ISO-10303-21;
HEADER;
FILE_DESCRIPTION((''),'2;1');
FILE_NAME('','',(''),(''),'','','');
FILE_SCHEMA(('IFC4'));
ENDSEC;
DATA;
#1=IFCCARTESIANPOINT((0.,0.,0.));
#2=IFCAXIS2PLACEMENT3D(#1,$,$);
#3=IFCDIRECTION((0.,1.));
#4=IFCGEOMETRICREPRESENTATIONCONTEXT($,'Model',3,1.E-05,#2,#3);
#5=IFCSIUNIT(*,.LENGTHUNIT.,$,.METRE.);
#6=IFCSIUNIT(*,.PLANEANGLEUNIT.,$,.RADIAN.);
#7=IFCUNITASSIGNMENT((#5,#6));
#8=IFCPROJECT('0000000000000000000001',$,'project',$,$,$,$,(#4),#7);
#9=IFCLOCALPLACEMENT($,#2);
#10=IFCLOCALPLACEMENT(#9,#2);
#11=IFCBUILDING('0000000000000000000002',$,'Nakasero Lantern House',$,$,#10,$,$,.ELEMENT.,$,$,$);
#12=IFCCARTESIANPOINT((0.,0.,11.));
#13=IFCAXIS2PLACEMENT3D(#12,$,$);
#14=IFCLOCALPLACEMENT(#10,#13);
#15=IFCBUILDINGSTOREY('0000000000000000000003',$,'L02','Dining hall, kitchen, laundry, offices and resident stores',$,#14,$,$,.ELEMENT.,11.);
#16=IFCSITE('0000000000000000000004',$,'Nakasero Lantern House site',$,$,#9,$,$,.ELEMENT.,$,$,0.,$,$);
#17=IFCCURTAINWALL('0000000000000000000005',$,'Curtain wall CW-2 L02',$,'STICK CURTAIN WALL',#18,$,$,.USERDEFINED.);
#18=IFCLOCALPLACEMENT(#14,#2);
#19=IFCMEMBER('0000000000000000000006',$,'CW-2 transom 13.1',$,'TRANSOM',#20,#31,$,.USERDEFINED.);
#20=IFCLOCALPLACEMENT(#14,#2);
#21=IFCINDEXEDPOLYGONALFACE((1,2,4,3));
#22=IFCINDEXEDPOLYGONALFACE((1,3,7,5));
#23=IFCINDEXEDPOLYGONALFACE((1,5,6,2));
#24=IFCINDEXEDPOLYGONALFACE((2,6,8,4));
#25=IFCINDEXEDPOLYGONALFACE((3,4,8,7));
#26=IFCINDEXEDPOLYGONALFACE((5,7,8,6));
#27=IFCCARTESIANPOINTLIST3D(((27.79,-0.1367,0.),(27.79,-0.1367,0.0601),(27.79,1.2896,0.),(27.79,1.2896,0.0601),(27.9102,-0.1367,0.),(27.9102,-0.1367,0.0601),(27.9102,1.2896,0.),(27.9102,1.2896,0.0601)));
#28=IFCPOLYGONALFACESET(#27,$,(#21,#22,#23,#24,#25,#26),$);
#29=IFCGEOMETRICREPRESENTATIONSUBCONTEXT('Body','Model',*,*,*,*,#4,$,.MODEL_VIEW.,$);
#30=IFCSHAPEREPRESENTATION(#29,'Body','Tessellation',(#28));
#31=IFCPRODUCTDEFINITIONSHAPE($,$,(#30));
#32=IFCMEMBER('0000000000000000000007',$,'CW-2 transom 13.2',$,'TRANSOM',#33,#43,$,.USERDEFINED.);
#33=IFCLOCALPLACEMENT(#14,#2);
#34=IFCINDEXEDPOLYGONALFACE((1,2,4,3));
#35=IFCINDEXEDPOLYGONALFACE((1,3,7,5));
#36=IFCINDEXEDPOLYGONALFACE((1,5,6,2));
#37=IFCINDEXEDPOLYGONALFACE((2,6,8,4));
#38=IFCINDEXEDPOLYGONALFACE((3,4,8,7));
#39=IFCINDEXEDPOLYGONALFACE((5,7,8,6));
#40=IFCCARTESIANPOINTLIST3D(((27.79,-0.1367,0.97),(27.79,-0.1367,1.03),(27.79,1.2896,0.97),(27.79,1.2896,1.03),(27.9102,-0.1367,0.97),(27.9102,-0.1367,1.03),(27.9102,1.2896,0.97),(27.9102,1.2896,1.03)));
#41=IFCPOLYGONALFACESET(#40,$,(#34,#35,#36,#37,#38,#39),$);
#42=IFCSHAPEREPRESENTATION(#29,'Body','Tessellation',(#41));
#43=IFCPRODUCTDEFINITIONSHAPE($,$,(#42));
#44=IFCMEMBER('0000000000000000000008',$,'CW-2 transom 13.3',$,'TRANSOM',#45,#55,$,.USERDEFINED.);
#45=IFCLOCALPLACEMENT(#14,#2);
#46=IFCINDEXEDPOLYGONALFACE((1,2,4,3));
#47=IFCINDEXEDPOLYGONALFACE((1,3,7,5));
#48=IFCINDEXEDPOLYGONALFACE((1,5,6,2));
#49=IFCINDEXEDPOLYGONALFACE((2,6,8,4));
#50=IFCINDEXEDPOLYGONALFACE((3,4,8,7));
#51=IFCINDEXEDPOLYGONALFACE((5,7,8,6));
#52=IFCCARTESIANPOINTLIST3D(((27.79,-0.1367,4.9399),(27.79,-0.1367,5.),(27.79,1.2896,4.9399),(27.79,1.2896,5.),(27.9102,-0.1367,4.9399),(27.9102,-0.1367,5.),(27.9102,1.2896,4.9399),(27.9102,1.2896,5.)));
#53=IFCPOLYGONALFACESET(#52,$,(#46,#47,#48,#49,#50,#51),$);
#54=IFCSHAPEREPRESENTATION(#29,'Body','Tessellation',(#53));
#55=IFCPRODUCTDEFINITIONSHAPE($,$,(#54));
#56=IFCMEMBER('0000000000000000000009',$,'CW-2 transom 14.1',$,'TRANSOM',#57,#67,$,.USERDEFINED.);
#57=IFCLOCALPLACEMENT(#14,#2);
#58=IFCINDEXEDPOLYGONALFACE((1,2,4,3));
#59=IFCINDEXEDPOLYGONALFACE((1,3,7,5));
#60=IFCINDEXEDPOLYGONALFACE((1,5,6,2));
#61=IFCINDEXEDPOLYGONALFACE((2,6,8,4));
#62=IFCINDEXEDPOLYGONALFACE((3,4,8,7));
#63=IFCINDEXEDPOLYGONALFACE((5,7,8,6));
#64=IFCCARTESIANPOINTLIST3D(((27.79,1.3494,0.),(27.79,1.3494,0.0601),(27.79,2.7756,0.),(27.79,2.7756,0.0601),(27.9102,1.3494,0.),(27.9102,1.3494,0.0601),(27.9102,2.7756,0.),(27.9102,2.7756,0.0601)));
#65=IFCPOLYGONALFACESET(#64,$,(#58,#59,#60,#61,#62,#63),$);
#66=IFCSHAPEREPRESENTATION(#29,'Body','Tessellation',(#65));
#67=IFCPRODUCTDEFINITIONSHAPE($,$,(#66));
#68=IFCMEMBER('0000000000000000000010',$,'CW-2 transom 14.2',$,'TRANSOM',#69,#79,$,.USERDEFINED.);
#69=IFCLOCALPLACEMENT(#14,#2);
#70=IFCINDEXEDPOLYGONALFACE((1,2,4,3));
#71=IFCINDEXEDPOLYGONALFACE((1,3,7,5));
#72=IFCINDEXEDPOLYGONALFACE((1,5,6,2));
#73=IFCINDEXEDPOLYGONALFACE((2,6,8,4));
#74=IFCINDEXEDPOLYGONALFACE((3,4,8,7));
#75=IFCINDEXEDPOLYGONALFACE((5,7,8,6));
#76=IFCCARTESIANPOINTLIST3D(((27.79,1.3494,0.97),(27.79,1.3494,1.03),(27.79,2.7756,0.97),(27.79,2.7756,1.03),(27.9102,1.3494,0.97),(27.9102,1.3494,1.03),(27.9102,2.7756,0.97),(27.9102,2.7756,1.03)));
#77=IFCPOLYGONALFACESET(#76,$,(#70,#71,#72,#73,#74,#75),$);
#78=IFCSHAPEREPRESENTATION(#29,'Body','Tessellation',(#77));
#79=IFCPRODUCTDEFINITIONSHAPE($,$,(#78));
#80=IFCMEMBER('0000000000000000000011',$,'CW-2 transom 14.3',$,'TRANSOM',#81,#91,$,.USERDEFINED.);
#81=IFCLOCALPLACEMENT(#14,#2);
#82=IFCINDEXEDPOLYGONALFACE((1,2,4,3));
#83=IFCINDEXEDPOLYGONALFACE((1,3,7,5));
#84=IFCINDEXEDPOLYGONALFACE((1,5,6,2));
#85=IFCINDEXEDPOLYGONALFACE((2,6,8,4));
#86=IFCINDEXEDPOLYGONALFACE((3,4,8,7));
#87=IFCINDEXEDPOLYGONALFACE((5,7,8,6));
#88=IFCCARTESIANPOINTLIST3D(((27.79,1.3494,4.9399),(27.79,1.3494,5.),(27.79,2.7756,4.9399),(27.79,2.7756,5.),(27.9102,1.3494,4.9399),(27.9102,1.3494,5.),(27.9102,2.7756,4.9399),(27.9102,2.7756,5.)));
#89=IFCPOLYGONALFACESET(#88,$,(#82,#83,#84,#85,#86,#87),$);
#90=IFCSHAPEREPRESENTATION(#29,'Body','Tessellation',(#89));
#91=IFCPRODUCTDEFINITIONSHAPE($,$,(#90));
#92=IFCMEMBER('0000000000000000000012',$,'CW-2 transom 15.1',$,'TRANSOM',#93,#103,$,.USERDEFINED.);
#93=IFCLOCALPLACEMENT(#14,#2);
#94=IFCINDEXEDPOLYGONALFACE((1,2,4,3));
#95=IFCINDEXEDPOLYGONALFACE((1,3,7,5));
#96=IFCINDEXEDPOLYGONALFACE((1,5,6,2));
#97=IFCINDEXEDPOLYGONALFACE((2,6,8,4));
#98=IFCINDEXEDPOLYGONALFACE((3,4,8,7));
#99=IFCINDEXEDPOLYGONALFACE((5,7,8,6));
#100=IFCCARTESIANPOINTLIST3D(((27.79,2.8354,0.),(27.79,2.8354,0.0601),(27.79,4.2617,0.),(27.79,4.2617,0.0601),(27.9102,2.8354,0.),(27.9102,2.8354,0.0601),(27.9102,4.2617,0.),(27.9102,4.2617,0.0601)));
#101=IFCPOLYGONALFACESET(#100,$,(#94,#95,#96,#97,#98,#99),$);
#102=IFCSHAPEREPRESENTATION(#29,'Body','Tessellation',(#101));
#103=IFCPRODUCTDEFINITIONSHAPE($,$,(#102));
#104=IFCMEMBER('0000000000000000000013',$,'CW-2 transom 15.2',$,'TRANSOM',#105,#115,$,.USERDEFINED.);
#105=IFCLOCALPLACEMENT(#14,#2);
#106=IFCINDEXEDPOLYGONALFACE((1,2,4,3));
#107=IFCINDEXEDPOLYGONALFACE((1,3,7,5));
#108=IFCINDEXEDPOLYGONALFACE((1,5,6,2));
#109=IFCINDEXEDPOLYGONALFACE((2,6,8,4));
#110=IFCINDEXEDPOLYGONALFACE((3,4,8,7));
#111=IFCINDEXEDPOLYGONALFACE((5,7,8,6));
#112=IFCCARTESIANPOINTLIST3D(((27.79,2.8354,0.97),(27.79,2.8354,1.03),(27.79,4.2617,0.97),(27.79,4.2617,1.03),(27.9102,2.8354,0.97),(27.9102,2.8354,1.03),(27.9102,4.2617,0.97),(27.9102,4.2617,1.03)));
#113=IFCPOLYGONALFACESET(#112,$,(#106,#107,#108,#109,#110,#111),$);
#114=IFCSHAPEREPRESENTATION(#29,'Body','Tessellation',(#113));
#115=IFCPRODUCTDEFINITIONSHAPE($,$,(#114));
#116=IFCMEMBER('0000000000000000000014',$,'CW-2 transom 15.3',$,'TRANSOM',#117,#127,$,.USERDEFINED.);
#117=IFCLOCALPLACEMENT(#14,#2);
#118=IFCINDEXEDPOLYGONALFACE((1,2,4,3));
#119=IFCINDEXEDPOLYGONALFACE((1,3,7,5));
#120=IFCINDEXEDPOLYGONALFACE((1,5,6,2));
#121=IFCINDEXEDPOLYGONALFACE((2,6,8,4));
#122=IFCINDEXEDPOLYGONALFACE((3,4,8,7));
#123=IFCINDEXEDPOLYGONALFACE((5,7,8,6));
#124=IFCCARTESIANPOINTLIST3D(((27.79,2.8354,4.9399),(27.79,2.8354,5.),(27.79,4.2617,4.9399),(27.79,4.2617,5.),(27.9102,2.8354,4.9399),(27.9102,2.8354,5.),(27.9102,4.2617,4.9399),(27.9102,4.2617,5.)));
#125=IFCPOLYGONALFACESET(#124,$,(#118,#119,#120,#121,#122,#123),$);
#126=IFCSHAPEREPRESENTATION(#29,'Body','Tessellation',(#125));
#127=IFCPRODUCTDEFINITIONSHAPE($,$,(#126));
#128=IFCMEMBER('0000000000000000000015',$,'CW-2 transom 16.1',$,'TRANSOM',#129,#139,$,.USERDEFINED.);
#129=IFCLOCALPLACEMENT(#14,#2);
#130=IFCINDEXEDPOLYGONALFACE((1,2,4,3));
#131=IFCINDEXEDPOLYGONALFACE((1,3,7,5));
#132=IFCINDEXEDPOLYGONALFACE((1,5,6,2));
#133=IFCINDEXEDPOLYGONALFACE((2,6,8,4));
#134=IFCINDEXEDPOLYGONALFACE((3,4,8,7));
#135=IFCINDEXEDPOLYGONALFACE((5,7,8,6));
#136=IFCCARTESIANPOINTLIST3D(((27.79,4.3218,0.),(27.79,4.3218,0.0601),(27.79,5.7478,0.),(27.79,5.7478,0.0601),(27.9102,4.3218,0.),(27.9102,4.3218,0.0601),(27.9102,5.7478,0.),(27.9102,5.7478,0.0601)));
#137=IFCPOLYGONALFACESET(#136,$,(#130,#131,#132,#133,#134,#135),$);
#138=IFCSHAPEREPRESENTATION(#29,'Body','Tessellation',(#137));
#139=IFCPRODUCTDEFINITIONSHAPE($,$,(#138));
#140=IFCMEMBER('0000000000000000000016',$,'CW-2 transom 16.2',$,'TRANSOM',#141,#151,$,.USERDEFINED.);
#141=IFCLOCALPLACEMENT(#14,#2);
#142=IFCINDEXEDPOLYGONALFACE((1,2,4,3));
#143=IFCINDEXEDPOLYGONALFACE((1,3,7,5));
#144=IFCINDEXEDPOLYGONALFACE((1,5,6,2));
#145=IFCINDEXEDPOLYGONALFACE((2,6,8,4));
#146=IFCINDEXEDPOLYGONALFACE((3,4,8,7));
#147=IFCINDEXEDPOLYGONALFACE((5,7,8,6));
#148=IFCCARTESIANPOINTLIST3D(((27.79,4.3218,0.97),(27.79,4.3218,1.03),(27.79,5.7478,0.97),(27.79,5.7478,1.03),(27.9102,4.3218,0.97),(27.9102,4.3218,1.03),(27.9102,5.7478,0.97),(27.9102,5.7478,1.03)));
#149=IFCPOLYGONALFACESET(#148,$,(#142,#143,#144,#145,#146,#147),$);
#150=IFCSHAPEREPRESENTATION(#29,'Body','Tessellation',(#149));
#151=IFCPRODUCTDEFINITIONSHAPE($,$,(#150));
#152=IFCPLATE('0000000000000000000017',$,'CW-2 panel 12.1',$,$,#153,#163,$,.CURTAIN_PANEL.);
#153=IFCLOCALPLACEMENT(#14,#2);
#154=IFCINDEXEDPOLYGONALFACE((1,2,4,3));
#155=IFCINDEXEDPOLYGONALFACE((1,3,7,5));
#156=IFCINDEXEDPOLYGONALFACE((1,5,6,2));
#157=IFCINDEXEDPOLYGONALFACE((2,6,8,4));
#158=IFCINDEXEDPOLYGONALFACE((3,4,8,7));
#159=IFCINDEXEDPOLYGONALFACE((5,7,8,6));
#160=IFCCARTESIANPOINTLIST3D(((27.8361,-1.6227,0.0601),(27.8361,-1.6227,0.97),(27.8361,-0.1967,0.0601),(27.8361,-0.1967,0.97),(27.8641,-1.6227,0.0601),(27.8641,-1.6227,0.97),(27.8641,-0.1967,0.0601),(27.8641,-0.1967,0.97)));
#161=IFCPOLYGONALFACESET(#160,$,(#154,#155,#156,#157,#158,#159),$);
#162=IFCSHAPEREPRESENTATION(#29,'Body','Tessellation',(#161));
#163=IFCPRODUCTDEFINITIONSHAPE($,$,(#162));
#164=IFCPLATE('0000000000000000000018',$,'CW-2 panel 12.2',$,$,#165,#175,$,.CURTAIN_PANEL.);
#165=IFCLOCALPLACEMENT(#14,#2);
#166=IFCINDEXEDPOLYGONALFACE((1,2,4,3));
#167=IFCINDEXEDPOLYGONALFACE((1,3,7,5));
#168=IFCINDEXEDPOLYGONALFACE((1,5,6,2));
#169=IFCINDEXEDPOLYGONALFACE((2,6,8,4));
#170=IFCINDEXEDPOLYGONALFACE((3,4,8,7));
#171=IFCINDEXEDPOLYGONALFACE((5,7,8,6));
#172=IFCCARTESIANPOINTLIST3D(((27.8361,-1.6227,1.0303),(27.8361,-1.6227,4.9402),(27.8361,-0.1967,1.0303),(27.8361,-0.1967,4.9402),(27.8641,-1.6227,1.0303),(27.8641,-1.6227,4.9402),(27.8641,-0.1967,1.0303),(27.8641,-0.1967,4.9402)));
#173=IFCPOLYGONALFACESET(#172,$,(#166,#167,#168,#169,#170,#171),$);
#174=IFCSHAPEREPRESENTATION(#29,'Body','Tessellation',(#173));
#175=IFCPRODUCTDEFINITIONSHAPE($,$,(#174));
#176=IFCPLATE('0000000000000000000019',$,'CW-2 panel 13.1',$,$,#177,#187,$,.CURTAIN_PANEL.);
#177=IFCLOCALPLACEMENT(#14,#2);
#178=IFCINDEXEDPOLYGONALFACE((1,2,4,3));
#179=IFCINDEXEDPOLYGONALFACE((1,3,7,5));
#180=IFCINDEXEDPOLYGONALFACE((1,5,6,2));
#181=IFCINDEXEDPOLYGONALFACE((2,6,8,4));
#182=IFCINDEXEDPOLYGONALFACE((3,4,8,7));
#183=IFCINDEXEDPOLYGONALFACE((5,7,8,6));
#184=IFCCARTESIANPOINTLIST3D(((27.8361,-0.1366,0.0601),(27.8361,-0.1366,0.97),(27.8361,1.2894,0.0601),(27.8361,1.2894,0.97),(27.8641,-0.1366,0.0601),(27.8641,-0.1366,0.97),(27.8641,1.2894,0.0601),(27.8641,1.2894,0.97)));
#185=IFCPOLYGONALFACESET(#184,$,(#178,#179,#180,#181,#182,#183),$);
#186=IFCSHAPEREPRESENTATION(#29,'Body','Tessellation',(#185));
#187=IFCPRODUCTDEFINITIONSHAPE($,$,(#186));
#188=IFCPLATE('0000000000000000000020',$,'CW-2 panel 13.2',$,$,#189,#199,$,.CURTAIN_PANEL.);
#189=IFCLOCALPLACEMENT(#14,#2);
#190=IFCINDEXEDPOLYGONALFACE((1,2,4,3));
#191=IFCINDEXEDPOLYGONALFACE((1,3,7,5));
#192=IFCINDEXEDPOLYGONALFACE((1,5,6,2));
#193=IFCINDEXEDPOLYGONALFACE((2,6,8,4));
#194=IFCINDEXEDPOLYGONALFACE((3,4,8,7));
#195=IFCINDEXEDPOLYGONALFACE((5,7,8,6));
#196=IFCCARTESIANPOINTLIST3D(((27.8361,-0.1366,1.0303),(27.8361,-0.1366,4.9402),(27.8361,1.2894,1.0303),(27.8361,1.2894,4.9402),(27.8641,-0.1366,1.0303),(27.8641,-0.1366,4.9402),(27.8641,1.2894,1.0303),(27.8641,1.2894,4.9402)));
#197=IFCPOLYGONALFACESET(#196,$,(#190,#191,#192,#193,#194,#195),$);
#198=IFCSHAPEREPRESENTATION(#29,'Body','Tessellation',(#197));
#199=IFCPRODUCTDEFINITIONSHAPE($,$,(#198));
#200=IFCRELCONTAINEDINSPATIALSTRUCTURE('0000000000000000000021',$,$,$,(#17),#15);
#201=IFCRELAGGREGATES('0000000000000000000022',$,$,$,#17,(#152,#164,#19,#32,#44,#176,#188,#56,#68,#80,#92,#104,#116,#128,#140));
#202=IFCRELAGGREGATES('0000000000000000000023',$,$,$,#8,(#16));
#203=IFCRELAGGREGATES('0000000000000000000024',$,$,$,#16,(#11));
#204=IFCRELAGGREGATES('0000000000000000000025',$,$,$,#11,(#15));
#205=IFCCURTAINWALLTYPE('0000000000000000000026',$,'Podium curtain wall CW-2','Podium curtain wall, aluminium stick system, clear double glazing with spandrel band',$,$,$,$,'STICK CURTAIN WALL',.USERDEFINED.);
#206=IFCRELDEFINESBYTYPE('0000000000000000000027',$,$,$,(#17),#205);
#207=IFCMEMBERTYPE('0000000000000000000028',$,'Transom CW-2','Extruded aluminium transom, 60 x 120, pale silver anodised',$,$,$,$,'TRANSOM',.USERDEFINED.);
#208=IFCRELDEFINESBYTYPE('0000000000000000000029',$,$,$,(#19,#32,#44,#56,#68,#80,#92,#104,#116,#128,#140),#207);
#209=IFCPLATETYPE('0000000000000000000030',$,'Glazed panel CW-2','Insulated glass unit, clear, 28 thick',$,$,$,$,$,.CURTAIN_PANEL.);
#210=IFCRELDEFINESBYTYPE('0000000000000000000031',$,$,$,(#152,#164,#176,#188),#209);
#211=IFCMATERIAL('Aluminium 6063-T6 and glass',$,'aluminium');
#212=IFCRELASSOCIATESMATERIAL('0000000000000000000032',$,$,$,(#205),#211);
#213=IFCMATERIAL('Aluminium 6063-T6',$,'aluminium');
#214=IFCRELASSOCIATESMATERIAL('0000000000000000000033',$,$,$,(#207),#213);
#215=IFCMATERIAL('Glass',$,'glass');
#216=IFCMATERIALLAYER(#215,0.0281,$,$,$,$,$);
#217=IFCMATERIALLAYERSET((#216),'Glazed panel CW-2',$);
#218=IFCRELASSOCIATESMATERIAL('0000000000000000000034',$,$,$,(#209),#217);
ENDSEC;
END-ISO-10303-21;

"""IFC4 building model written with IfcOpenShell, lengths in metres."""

from ifc_helpers import new_model, si_unit, direction, frame, origin, origin_2d, place, context, subcontext, project, spatial, rectangle, extrude, material, layer, layer_set, material_profile, profile_set, type_object, element, aggregate, save


model = new_model("IFC4")

# Units and contexts
model_context = context("Model", 3, precision=1e-05, world=origin(), true_north=direction((0.0, 1.0)))
body_context = subcontext(model_context, "Body", "Model", "MODEL_VIEW")
ifc_project = project(units=[si_unit("LENGTHUNIT", "METRE"), si_unit("PLANEANGLEUNIT", "RADIAN")], contexts=[model_context])

# Site, building, storey
site_placement = place(None, origin())
site = spatial("IfcSite", under=ifc_project, at=site_placement, Name="Nakasero Lantern House site", CompositionType="ELEMENT", RefElevation=0.0)
building_placement = place(site_placement, origin())
building = spatial("IfcBuilding", under=site, at=building_placement, Name="Nakasero Lantern House", CompositionType="ELEMENT")
storey_placement = place(building_placement, frame((0.0, 0.0, 11.0)))
storey = spatial("IfcBuildingStorey", under=building, at=storey_placement, Name="L02", Description="Dining hall, kitchen, laundry, offices and resident stores", CompositionType="ELEMENT", Elevation=11.0)

# Curtain wall
ifc_material_1 = material(Name="Aluminium 6063-T6 and glass", Category="aluminium")
curtain_wall_type = type_object("IfcCurtainWallType", Name="Podium curtain wall CW-2", Description="Podium curtain wall, aluminium stick system, clear double glazing with spandrel band", ElementType="STICK CURTAIN WALL", PredefinedType="USERDEFINED", material=ifc_material_1)
curtain_wall_placement = place(storey_placement, origin())
curtain_wall = element("IfcCurtainWall", 1, at=curtain_wall_placement, inside=storey, type_object=curtain_wall_type, Name="Curtain wall CW-2 L02", ObjectType="STICK CURTAIN WALL", PredefinedType="USERDEFINED")

# Members
ifc_material_2 = material(Name="Aluminium 6063-T6", Category="aluminium")
ifc_material_profile_1 = material_profile(ifc_material_2, rectangle(XDim=0.0601, YDim=0.1201, at=origin_2d()), Name="CW-2 transom 60x120")
ifc_profile_set_1 = profile_set([ifc_material_profile_1], Name="Aluminium 6063-T6")
member_type_1 = type_object("IfcMemberType", Name="Transom CW-2", Description="Extruded aluminium transom, 60 x 120, pale silver anodised", ElementType="TRANSOM", PredefinedType="USERDEFINED", material=ifc_profile_set_1)
member_1_placement = place(storey_placement, frame((27.8501, -0.1367, 0.03), z_axis=(0.0, 1.0, 0.0), x_axis=(0.0, 0.0, 1.0)))
member_1 = element("IfcMember", 2, at=member_1_placement, type_object=member_type_1, Name="CW-2 transom 13.1", ObjectType="TRANSOM", PredefinedType="USERDEFINED", context=body_context, shape_type="SweptSolid", body=[
    extrude(rectangle(XDim=0.0601, YDim=0.1201, at=origin_2d()), origin(), (0.0, 0.0, 1.0), 1.4263),
])
member_2_placement = place(storey_placement, frame((27.8501, -0.1367, 1.0), z_axis=(0.0, 1.0, 0.0), x_axis=(0.0, 0.0, 1.0)))
member_2 = element("IfcMember", 3, at=member_2_placement, type_object=member_type_1, Name="CW-2 transom 13.2", ObjectType="TRANSOM", PredefinedType="USERDEFINED", context=body_context, shape_type="SweptSolid", body=[
    extrude(rectangle(XDim=0.0601, YDim=0.1201, at=origin_2d()), origin(), (0.0, 0.0, 1.0), 1.4263),
])
member_3_placement = place(storey_placement, frame((27.8501, -0.1367, 4.97), z_axis=(0.0, 1.0, 0.0), x_axis=(0.0, 0.0, 1.0)))
member_3 = element("IfcMember", 4, at=member_3_placement, type_object=member_type_1, Name="CW-2 transom 13.3", ObjectType="TRANSOM", PredefinedType="USERDEFINED", context=body_context, shape_type="SweptSolid", body=[
    extrude(rectangle(XDim=0.0601, YDim=0.1201, at=origin_2d()), origin(), (0.0, 0.0, 1.0), 1.4263),
])
member_4_placement = place(storey_placement, frame((27.8501, 1.3494, 0.03), z_axis=(0.0, 1.0, 0.0), x_axis=(0.0, 0.0, 1.0)))
member_4 = element("IfcMember", 5, at=member_4_placement, type_object=member_type_1, Name="CW-2 transom 14.1", ObjectType="TRANSOM", PredefinedType="USERDEFINED", context=body_context, shape_type="SweptSolid", body=[
    extrude(rectangle(XDim=0.0601, YDim=0.1201, at=origin_2d()), origin(), (0.0, 0.0, 1.0), 1.4263),
])
member_5_placement = place(storey_placement, frame((27.8501, 1.3494, 1.0), z_axis=(0.0, 1.0, 0.0), x_axis=(0.0, 0.0, 1.0)))
member_5 = element("IfcMember", 6, at=member_5_placement, type_object=member_type_1, Name="CW-2 transom 14.2", ObjectType="TRANSOM", PredefinedType="USERDEFINED", context=body_context, shape_type="SweptSolid", body=[
    extrude(rectangle(XDim=0.0601, YDim=0.1201, at=origin_2d()), origin(), (0.0, 0.0, 1.0), 1.4263),
])
member_6_placement = place(storey_placement, frame((27.8501, 1.3494, 4.97), z_axis=(0.0, 1.0, 0.0), x_axis=(0.0, 0.0, 1.0)))
member_6 = element("IfcMember", 7, at=member_6_placement, type_object=member_type_1, Name="CW-2 transom 14.3", ObjectType="TRANSOM", PredefinedType="USERDEFINED", context=body_context, shape_type="SweptSolid", body=[
    extrude(rectangle(XDim=0.0601, YDim=0.1201, at=origin_2d()), origin(), (0.0, 0.0, 1.0), 1.4263),
])
member_7_placement = place(storey_placement, frame((27.8501, 2.8354, 0.03), z_axis=(0.0, 1.0, 0.0), x_axis=(0.0, 0.0, 1.0)))
member_7 = element("IfcMember", 8, at=member_7_placement, type_object=member_type_1, Name="CW-2 transom 15.1", ObjectType="TRANSOM", PredefinedType="USERDEFINED", context=body_context, shape_type="SweptSolid", body=[
    extrude(rectangle(XDim=0.0601, YDim=0.1201, at=origin_2d()), origin(), (0.0, 0.0, 1.0), 1.4263),
])
member_8_placement = place(storey_placement, frame((27.8501, 2.8354, 1.0), z_axis=(0.0, 1.0, 0.0), x_axis=(0.0, 0.0, 1.0)))
member_8 = element("IfcMember", 9, at=member_8_placement, type_object=member_type_1, Name="CW-2 transom 15.2", ObjectType="TRANSOM", PredefinedType="USERDEFINED", context=body_context, shape_type="SweptSolid", body=[
    extrude(rectangle(XDim=0.0601, YDim=0.1201, at=origin_2d()), origin(), (0.0, 0.0, 1.0), 1.4263),
])
member_9_placement = place(storey_placement, frame((27.8501, 2.8354, 4.97), z_axis=(0.0, 1.0, 0.0), x_axis=(0.0, 0.0, 1.0)))
member_9 = element("IfcMember", 10, at=member_9_placement, type_object=member_type_1, Name="CW-2 transom 15.3", ObjectType="TRANSOM", PredefinedType="USERDEFINED", context=body_context, shape_type="SweptSolid", body=[
    extrude(rectangle(XDim=0.0601, YDim=0.1201, at=origin_2d()), origin(), (0.0, 0.0, 1.0), 1.4263),
])
member_10_placement = place(storey_placement, frame((27.8501, 4.3218, 0.03), z_axis=(0.0, 1.0, 0.0), x_axis=(0.0, 0.0, 1.0)))
member_10 = element("IfcMember", 11, at=member_10_placement, type_object=member_type_1, Name="CW-2 transom 16.1", ObjectType="TRANSOM", PredefinedType="USERDEFINED", context=body_context, shape_type="SweptSolid", body=[
    extrude(rectangle(XDim=0.0601, YDim=0.1201, at=origin_2d()), origin(), (0.0, 0.0, 1.0), 1.426),
])
member_11_placement = place(storey_placement, frame((27.8501, 4.3218, 1.0), z_axis=(0.0, 1.0, 0.0), x_axis=(0.0, 0.0, 1.0)))
member_11 = element("IfcMember", 12, at=member_11_placement, type_object=member_type_1, Name="CW-2 transom 16.2", ObjectType="TRANSOM", PredefinedType="USERDEFINED", context=body_context, shape_type="SweptSolid", body=[
    extrude(rectangle(XDim=0.0601, YDim=0.1201, at=origin_2d()), origin(), (0.0, 0.0, 1.0), 1.426),
])

# Plates
ifc_material_3 = material(Name="Glass", Category="glass")
ifc_layer = layer(ifc_material_3, 0.0281)
ifc_layer_set = layer_set([ifc_layer], Name="Glazed panel CW-2")
plate_type = type_object("IfcPlateType", Name="Glazed panel CW-2", Description="Insulated glass unit, clear, 28 thick", PredefinedType="CURTAIN_PANEL", material=ifc_layer_set)
plate_1_placement = place(storey_placement, frame((27.8501, -0.9097, 0.0601), z_axis=(0.0, 0.0, 1.0), x_axis=(0.0, 1.0, 0.0)))
plate_1 = element("IfcPlate", 13, at=plate_1_placement, type_object=plate_type, Name="CW-2 panel 12.1", PredefinedType="CURTAIN_PANEL", context=body_context, shape_type="SweptSolid", body=[
    extrude(rectangle(XDim=1.426, YDim=0.0281, at=origin_2d()), origin(), (0.0, 0.0, 1.0), 0.9099),
])
plate_2_placement = place(storey_placement, frame((27.8501, -0.9097, 1.0303), z_axis=(0.0, 0.0, 1.0), x_axis=(0.0, 1.0, 0.0)))
plate_2 = element("IfcPlate", 14, at=plate_2_placement, type_object=plate_type, Name="CW-2 panel 12.2", PredefinedType="CURTAIN_PANEL", context=body_context, shape_type="SweptSolid", body=[
    extrude(rectangle(XDim=1.426, YDim=0.0281, at=origin_2d()), origin(), (0.0, 0.0, 1.0), 3.9099),
])
plate_3_placement = place(storey_placement, frame((27.8501, 0.5764, 0.0601), z_axis=(0.0, 0.0, 1.0), x_axis=(0.0, 1.0, 0.0)))
plate_3 = element("IfcPlate", 15, at=plate_3_placement, type_object=plate_type, Name="CW-2 panel 13.1", PredefinedType="CURTAIN_PANEL", context=body_context, shape_type="SweptSolid", body=[
    extrude(rectangle(XDim=1.426, YDim=0.0281, at=origin_2d()), origin(), (0.0, 0.0, 1.0), 0.9099),
])
plate_4_placement = place(storey_placement, frame((27.8501, 0.5764, 1.0303), z_axis=(0.0, 0.0, 1.0), x_axis=(0.0, 1.0, 0.0)))
plate_4 = element("IfcPlate", 16, at=plate_4_placement, type_object=plate_type, Name="CW-2 panel 13.2", PredefinedType="CURTAIN_PANEL", context=body_context, shape_type="SweptSolid", body=[
    extrude(rectangle(XDim=1.426, YDim=0.0281, at=origin_2d()), origin(), (0.0, 0.0, 1.0), 3.9099),
])
aggregate(curtain_wall, [plate_1, plate_2, member_1, member_2, member_3, plate_3, plate_4, member_4, member_5, member_6, member_7, member_8, member_9, member_10, member_11])

save(model, "model.ifc")
